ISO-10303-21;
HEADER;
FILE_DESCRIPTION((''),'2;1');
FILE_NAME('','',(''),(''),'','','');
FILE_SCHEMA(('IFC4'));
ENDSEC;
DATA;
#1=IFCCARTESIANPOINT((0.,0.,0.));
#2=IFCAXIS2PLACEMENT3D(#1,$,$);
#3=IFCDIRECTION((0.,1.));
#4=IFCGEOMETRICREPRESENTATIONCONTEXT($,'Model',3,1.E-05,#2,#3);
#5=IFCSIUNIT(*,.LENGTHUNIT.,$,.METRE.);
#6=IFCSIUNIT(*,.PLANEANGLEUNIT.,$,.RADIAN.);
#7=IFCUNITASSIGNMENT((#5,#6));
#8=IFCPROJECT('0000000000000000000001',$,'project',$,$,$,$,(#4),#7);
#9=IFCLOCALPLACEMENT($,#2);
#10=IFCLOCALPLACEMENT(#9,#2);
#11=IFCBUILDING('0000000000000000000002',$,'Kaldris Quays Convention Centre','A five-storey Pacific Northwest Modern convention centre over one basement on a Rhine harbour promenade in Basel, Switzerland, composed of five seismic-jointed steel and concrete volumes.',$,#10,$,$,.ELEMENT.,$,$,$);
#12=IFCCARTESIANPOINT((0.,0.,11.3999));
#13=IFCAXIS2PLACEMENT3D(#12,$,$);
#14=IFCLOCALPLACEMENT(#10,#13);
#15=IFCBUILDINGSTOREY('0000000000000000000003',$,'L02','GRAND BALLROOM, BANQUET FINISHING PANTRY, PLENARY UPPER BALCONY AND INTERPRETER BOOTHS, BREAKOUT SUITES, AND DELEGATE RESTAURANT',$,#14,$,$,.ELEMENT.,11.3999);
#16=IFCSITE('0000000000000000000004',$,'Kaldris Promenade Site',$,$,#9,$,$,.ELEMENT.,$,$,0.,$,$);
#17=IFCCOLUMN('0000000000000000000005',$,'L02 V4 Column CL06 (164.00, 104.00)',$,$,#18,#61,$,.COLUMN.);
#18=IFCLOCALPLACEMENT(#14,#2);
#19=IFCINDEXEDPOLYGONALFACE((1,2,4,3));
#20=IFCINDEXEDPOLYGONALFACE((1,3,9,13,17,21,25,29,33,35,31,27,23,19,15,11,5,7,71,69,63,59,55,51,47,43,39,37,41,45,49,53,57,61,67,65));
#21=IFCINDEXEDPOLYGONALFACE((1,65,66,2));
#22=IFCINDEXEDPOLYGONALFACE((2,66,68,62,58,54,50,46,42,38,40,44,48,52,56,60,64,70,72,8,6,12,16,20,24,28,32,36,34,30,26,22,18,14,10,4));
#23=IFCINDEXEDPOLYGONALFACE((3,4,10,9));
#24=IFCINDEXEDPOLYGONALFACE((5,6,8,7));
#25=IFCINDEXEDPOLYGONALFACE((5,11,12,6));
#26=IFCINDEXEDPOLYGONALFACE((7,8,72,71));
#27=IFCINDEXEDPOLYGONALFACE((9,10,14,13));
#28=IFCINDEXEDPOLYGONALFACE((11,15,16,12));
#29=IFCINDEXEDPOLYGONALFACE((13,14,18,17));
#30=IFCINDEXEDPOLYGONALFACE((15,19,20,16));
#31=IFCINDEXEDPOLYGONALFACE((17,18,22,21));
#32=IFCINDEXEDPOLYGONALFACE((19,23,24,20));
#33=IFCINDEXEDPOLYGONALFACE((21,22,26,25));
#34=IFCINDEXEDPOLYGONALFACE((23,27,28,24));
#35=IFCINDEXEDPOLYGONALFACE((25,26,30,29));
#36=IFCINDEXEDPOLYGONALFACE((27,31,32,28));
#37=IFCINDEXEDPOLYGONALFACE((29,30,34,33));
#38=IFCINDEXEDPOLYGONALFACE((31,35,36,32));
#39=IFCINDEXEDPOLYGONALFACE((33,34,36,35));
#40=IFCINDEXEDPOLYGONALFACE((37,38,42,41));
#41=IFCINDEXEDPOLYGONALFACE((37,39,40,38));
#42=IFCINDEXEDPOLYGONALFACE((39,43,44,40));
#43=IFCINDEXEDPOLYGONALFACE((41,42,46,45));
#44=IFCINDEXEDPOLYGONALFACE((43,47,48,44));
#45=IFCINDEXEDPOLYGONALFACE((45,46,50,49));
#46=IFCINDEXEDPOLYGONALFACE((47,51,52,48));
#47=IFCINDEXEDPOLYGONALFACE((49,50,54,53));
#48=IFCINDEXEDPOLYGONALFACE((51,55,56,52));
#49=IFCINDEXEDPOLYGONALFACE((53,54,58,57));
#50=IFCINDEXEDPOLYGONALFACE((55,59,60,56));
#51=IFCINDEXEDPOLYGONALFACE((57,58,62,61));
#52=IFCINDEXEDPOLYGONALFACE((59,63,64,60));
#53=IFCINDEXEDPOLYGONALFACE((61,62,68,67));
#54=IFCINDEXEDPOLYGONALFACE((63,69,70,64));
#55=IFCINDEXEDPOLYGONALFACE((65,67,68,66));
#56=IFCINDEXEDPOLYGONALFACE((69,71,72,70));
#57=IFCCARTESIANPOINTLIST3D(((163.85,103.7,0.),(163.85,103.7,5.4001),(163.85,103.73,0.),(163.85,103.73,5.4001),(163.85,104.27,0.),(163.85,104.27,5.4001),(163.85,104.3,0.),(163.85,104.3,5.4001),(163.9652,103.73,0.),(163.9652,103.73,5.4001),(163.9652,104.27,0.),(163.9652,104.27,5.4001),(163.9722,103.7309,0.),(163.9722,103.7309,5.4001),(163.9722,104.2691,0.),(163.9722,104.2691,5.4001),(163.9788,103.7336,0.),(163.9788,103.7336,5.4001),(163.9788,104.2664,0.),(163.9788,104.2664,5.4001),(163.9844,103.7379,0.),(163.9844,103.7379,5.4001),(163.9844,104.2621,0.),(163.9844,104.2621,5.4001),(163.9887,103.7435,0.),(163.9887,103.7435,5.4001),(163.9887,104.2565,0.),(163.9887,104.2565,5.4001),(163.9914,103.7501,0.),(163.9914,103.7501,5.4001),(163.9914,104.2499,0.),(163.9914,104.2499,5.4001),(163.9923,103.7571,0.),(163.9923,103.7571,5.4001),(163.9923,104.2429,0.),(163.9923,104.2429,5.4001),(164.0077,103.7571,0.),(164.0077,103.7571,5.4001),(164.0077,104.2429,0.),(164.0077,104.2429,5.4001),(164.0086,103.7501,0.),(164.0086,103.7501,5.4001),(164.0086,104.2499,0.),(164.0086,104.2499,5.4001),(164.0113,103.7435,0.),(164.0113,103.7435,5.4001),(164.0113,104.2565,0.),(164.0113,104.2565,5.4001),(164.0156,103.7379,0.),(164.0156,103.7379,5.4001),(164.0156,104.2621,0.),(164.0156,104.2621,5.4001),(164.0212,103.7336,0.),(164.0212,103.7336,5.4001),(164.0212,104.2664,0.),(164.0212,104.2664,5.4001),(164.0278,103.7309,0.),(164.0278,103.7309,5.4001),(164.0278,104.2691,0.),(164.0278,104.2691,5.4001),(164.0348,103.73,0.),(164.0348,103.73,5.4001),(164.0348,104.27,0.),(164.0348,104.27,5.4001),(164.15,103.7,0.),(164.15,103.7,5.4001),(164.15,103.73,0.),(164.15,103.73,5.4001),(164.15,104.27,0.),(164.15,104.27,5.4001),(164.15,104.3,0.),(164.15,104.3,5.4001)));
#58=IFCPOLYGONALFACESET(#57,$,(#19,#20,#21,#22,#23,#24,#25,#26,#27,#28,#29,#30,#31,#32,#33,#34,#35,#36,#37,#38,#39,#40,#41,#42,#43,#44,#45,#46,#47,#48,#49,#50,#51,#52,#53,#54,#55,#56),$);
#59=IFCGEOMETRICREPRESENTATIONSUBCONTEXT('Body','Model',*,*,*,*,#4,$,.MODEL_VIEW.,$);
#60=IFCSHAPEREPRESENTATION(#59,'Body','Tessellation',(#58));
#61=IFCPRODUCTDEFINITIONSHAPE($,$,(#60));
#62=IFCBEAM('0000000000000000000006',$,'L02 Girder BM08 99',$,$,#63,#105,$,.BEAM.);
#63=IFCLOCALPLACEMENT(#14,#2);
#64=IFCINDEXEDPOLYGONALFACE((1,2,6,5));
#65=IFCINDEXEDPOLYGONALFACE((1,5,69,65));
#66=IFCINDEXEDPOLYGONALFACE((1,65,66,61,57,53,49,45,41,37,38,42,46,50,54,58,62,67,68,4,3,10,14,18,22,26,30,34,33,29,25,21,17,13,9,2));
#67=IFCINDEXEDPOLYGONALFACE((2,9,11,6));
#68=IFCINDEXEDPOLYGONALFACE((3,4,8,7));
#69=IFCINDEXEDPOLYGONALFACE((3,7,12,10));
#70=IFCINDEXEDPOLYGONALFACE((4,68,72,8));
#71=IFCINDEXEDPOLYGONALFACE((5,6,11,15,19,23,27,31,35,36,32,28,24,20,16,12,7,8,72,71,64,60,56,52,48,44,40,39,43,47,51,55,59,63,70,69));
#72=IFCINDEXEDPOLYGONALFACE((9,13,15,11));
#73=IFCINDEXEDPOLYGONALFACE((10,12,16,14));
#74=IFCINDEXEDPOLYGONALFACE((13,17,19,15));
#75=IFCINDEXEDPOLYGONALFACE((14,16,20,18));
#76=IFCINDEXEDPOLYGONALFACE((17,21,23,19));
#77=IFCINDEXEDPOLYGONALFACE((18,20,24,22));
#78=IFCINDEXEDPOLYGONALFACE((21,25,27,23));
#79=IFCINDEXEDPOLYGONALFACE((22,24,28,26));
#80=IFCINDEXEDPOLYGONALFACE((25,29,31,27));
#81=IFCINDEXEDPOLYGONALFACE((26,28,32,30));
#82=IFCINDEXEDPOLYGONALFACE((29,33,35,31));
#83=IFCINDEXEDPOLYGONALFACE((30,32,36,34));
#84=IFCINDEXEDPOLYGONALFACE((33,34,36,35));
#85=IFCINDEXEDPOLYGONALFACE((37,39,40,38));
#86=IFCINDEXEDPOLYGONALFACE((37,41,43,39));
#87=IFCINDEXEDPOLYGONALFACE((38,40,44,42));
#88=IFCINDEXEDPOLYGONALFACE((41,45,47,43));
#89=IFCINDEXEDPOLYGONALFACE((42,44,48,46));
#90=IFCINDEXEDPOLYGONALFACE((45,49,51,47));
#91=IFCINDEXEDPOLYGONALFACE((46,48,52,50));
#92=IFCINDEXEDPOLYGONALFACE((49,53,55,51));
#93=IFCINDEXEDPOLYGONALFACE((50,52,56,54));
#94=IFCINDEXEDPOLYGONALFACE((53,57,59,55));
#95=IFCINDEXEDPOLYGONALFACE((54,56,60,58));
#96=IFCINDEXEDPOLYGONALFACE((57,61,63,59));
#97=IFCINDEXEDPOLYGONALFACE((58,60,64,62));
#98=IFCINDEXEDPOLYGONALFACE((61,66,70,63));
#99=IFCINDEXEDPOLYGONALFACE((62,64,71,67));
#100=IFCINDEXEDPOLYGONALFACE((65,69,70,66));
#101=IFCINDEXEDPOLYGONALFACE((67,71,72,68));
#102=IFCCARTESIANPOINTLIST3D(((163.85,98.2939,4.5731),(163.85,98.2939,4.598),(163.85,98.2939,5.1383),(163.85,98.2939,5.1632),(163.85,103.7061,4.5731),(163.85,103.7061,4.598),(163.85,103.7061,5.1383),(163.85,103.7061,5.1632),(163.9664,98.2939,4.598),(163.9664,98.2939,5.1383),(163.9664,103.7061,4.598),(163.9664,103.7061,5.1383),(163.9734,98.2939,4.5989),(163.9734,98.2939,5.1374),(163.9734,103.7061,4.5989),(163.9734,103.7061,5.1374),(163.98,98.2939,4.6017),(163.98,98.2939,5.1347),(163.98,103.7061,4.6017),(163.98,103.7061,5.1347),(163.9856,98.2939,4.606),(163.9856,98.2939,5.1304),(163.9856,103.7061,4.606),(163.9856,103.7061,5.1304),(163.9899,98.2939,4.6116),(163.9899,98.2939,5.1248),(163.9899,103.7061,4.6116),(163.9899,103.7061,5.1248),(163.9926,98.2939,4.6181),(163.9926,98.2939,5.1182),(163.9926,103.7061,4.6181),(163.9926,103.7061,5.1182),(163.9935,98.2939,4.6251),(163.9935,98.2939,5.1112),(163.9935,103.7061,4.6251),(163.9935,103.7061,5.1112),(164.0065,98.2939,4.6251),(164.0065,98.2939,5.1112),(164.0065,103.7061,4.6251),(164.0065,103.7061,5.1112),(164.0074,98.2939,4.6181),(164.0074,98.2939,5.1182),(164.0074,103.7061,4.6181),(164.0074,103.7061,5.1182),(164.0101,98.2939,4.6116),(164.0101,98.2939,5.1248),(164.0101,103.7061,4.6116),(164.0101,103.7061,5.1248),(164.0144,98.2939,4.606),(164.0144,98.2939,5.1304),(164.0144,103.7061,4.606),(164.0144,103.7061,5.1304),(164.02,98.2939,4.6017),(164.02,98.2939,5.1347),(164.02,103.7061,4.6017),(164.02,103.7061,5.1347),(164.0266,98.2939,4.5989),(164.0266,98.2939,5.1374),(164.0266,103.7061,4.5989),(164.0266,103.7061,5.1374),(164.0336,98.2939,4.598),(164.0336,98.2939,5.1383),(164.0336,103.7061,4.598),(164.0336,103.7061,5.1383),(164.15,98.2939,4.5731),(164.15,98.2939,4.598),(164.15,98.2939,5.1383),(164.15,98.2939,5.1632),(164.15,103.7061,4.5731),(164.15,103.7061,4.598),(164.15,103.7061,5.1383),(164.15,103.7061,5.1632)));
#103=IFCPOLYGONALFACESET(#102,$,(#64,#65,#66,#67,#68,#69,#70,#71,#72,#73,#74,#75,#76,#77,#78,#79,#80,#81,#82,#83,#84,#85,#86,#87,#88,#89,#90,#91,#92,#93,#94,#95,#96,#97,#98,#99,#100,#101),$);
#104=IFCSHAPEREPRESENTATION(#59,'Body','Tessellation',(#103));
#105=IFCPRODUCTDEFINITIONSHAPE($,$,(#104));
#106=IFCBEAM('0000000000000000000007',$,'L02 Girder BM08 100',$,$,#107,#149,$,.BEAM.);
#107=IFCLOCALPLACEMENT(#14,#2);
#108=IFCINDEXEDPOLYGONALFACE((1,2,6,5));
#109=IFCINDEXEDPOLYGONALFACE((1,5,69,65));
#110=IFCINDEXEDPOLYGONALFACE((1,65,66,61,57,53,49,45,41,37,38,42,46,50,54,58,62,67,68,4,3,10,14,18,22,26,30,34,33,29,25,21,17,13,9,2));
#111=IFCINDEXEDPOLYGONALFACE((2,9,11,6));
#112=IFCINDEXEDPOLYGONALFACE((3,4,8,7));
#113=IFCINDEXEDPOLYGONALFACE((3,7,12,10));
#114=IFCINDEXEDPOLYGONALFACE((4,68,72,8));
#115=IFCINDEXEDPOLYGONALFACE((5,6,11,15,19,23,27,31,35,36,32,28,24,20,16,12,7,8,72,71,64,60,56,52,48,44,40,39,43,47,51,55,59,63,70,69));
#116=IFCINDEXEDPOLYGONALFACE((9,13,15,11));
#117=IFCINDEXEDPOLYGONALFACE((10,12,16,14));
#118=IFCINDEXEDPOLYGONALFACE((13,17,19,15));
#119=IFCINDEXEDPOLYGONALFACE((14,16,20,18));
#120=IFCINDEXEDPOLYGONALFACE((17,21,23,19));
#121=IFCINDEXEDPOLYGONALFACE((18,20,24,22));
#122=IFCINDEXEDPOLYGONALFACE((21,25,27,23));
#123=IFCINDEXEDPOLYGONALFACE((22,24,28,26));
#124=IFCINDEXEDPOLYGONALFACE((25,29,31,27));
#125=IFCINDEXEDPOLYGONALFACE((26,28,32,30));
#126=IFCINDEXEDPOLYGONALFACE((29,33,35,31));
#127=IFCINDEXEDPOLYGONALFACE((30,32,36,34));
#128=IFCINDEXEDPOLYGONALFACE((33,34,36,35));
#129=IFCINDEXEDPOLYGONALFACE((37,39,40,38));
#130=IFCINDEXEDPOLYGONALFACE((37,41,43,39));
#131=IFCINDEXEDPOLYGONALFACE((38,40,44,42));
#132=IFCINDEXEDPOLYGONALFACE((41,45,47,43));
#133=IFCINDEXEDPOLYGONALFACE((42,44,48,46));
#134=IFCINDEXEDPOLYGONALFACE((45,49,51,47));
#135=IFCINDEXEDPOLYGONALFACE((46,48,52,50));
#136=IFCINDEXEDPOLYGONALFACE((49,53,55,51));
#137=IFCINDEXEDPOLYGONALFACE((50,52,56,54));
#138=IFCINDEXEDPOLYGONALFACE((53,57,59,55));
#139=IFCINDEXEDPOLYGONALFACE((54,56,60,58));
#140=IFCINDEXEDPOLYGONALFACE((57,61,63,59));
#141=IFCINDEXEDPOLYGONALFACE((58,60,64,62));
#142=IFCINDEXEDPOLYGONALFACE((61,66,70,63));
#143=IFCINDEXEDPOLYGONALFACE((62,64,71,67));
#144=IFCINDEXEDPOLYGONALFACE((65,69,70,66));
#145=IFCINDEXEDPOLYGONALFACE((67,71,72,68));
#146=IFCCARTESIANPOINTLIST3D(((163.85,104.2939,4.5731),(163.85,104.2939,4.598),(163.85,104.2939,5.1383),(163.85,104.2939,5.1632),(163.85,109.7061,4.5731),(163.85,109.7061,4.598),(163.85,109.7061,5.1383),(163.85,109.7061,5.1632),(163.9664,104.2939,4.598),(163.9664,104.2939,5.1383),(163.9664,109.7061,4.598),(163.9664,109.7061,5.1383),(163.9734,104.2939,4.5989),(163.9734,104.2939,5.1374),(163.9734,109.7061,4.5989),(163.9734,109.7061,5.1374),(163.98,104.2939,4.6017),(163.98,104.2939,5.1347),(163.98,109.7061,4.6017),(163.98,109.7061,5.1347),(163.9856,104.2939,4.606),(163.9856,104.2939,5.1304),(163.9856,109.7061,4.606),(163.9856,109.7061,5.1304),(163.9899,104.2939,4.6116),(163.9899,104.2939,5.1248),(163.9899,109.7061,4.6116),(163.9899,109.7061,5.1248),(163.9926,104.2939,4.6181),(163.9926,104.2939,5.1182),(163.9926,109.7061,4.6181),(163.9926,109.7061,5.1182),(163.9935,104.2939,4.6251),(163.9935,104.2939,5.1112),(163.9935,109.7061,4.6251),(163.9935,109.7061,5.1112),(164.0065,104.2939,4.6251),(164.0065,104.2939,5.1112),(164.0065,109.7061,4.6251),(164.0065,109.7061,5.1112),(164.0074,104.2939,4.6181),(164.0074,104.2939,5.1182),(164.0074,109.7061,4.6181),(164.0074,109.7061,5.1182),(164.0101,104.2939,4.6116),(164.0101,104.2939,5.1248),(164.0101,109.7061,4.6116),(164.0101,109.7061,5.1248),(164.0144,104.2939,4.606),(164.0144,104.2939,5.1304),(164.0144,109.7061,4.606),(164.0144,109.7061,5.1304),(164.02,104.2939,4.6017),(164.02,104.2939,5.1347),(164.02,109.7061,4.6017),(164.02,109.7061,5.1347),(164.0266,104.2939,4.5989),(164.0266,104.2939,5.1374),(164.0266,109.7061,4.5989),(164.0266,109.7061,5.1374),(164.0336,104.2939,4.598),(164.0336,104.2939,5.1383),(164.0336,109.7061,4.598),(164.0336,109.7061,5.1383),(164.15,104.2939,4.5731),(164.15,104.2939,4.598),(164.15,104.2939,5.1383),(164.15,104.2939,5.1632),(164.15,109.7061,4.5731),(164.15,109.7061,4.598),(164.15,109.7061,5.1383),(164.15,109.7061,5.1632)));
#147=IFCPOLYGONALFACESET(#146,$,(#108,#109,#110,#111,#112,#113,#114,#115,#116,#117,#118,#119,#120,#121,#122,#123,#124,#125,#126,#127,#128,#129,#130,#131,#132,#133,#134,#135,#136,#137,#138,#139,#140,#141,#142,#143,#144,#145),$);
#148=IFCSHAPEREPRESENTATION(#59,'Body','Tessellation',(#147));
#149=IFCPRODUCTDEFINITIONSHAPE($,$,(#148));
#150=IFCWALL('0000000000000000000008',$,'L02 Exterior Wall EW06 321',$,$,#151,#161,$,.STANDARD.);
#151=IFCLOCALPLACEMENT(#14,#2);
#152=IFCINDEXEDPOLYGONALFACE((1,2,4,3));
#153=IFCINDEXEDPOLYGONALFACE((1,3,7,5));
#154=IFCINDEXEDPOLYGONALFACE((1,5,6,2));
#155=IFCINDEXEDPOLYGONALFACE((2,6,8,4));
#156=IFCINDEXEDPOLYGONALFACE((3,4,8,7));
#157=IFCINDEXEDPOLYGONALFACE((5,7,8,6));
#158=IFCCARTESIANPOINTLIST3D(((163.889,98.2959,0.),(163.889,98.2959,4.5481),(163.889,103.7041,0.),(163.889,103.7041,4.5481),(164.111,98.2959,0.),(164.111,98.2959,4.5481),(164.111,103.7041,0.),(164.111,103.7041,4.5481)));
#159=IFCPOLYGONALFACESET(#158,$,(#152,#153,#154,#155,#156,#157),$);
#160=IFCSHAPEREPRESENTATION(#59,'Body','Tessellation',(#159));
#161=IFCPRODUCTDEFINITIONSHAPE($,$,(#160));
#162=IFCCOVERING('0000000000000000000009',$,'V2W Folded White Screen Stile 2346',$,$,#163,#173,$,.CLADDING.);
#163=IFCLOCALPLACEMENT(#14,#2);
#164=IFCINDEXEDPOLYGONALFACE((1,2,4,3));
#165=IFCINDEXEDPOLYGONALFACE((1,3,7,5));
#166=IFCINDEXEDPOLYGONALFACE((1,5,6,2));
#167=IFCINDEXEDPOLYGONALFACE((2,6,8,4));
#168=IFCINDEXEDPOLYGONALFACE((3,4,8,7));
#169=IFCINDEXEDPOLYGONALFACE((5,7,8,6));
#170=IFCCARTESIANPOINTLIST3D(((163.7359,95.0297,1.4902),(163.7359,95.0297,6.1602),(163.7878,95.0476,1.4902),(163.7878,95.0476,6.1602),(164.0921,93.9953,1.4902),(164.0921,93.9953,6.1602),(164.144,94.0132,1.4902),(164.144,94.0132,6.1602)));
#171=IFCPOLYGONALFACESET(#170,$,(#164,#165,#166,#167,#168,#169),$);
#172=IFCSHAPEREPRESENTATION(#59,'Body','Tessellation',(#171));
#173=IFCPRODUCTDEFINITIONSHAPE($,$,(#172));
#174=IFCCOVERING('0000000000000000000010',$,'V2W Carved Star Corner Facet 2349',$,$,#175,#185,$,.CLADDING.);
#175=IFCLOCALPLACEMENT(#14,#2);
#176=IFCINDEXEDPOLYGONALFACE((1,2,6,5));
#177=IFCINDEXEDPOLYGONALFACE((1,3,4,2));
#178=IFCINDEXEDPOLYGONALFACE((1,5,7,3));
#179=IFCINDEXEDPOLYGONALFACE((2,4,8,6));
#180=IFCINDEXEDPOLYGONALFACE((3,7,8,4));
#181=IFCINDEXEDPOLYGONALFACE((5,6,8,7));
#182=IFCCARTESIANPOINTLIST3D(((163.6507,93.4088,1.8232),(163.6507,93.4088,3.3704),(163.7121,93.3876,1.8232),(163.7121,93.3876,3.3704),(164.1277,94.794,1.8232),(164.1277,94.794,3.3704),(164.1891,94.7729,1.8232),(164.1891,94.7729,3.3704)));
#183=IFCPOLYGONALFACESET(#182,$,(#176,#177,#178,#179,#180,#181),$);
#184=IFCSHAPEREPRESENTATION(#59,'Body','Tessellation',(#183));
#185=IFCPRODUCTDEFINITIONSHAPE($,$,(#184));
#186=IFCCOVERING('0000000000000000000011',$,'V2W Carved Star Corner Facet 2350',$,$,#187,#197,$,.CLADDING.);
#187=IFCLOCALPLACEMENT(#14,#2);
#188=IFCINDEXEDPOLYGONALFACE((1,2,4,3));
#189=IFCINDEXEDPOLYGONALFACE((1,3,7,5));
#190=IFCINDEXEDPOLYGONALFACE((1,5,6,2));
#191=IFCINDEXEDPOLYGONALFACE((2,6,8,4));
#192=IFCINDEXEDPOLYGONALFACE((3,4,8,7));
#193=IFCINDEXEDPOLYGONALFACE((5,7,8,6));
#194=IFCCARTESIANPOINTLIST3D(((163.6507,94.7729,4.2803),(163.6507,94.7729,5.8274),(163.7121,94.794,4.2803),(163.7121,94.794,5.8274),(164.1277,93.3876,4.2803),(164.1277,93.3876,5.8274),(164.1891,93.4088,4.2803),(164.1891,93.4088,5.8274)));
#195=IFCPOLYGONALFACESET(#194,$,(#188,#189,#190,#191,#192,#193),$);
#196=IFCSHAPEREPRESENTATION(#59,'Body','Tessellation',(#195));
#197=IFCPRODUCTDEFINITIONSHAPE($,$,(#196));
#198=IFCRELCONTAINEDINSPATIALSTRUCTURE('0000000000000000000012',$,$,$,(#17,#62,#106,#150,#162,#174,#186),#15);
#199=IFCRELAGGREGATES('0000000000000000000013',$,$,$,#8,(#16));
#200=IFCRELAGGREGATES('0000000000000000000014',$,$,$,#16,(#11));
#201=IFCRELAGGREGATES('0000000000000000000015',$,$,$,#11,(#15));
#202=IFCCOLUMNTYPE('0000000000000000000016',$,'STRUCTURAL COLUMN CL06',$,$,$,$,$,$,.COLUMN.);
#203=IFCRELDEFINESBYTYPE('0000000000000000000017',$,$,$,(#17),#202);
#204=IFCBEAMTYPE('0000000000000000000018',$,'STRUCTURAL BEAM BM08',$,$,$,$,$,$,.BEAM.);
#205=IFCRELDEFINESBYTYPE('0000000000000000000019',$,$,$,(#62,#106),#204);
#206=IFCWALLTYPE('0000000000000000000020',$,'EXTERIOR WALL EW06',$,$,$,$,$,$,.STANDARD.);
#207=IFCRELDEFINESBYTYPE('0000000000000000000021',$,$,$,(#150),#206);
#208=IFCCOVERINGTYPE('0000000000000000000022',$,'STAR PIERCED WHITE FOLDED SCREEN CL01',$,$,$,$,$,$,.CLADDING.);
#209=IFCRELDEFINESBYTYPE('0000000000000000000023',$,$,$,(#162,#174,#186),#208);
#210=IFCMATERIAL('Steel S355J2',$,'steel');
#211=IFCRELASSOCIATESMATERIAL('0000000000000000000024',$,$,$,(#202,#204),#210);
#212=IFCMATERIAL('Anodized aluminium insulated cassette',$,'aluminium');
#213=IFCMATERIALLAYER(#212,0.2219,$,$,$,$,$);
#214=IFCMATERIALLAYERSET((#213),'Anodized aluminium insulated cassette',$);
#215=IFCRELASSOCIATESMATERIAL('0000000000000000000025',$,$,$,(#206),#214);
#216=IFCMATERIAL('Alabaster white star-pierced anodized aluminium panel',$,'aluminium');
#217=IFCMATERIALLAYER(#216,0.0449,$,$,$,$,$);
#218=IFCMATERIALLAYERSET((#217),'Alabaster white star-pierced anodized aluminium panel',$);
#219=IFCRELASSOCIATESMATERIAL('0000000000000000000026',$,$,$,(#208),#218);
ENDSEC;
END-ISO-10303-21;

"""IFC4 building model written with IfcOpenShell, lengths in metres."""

from ifc_helpers import new_model, si_unit, direction, frame, frame_2d, origin, origin_2d, place, context, subcontext, project, spatial, rectangle, i_section, extrude, material, layer, layer_set, material_profile, profile_set, type_object, element, save


model = new_model("IFC4")

# Units and contexts
model_context = context("Model", 3, precision=1e-05, world=origin(), true_north=direction((0.0, 1.0)))
body_context = subcontext(model_context, "Body", "Model", "MODEL_VIEW")
ifc_project = project(units=[si_unit("LENGTHUNIT", "METRE"), si_unit("PLANEANGLEUNIT", "RADIAN")], contexts=[model_context])

# Site, building, storey
site_placement = place(None, origin())
site = spatial("IfcSite", under=ifc_project, at=site_placement, Name="Kaldris Promenade Site", CompositionType="ELEMENT", RefElevation=0.0)
building_placement = place(site_placement, origin())
building = spatial("IfcBuilding", under=site, at=building_placement, Name="Kaldris Quays Convention Centre", Description="A five-storey Pacific Northwest Modern convention centre over one basement on a Rhine harbour promenade in Basel, Switzerland, composed of five seismic-jointed steel and concrete volumes.", CompositionType="ELEMENT")
storey_placement = place(building_placement, frame((0.0, 0.0, 11.3999)))
storey = spatial("IfcBuildingStorey", under=building, at=storey_placement, Name="L02", Description="GRAND BALLROOM, BANQUET FINISHING PANTRY, PLENARY UPPER BALCONY AND INTERPRETER BOOTHS, BREAKOUT SUITES, AND DELEGATE RESTAURANT", CompositionType="ELEMENT", Elevation=11.3999)

# Column
ifc_material_1 = material(Name="Steel S355J2", Category="steel")
ifc_material_profile_1 = material_profile(ifc_material_1, i_section(OverallWidth=0.3, OverallDepth=0.6001, WebThickness=0.0154, FlangeThickness=0.03, FilletRadius=0.0271, at=origin_2d()), Name="HEB 600")
ifc_profile_set_1 = profile_set([ifc_material_profile_1], Name="Steel S355J2")
column_type = type_object("IfcColumnType", Name="STRUCTURAL COLUMN CL06", PredefinedType="COLUMN", material=ifc_profile_set_1)
column_placement = place(storey_placement, frame((164.0, 104.0, 0.0), z_axis=(0.0, 0.0, 1.0), x_axis=(1.0, 0.0, 0.0)))
element("IfcColumn", 1, at=column_placement, inside=storey, type_object=column_type, Name="L02 V4 Column CL06 (164.00, 104.00)", PredefinedType="COLUMN", context=body_context, shape_type="SweptSolid", body=[
    extrude(i_section(OverallWidth=0.3, OverallDepth=0.6001, WebThickness=0.0154, FlangeThickness=0.03, FilletRadius=0.0271, at=origin_2d()), origin(), (0.0, 0.0, 1.0), 5.4001),
])

# Beams
ifc_material_profile_2 = material_profile(ifc_material_1, i_section(OverallWidth=0.3, OverallDepth=0.5901, WebThickness=0.0129, FlangeThickness=0.0249, FilletRadius=0.0271, at=origin_2d()), Name="HEA 600")
ifc_profile_set_2 = profile_set([ifc_material_profile_2], Name="Steel S355J2")
beam_type = type_object("IfcBeamType", Name="STRUCTURAL BEAM BM08", PredefinedType="BEAM", material=ifc_profile_set_2)
for number, where, z_axis, x_axis, name in (
    (2, (164.0, 98.2939, 4.8682), (0.0, 1.0, 0.0), (-1.0, 0.0, 0.0), "L02 Girder BM08 99"),
    (3, (164.0, 104.2939, 4.8682), (0.0, 1.0, 0.0), (-1.0, 0.0, 0.0), "L02 Girder BM08 100"),
):
    element("IfcBeam", number, at=place(storey_placement, frame(where, z_axis=z_axis, x_axis=x_axis)), inside=storey, type_object=beam_type, Name=name, PredefinedType="BEAM", context=body_context, shape_type="SweptSolid", body=[
        extrude(i_section(OverallWidth=0.3, OverallDepth=0.5901, WebThickness=0.0129, FlangeThickness=0.0249, FilletRadius=0.0271, at=origin_2d()), origin(), (0.0, 0.0, 1.0), 5.4121),
    ])

# Wall
ifc_material_2 = material(Name="Anodized aluminium insulated cassette", Category="aluminium")
ifc_layer_1 = layer(ifc_material_2, 0.2219)
ifc_layer_set_1 = layer_set([ifc_layer_1], Name="Anodized aluminium insulated cassette")
wall_type = type_object("IfcWallType", Name="EXTERIOR WALL EW06", PredefinedType="STANDARD", material=ifc_layer_set_1)
wall_placement = place(storey_placement, frame((164.0, 98.2959, 0.0), z_axis=(0.0, 0.0, 1.0), x_axis=(0.0, 1.0, 0.0)))
element("IfcWall", 4, at=wall_placement, inside=storey, type_object=wall_type, Name="L02 Exterior Wall EW06 321", PredefinedType="STANDARD", context=body_context, shape_type="SweptSolid", body=[
    extrude(rectangle(XDim=5.4082, YDim=0.2219, at=frame_2d((2.7041, 0.0))), origin(), (0.0, 0.0, 1.0), 4.5481),
])

# Coverings
ifc_material_3 = material(Name="Alabaster white star-pierced anodized aluminium panel", Category="aluminium")
ifc_layer_2 = layer(ifc_material_3, 0.0449)
ifc_layer_set_2 = layer_set([ifc_layer_2], Name="Alabaster white star-pierced anodized aluminium panel")
covering_type = type_object("IfcCoveringType", Name="STAR PIERCED WHITE FOLDED SCREEN CL01", PredefinedType="CLADDING", material=ifc_layer_set_2)
covering_1_placement = place(storey_placement, frame((163.9399, 94.5215, 1.4902), z_axis=(0.0, 0.0, 1.0), x_axis=(-0.325568, 0.945519, 0.0)))
element("IfcCovering", 5, at=covering_1_placement, inside=storey, type_object=covering_type, Name="V2W Folded White Screen Stile 2346", PredefinedType="CLADDING", context=body_context, shape_type="SweptSolid", body=[
    extrude(rectangle(XDim=1.094, YDim=0.0549, at=origin_2d()), origin(), (0.0, 0.0, 1.0), 4.6699),
])
for number, where, z_axis, x_axis, name in (
    (6, (163.9199, 94.0908, 1.8232), (0.0, 0.0, 1.0), (0.325568, 0.945519, 0.0), "V2W Carved Star Corner Facet 2349"),
    (7, (163.9199, 94.0908, 4.2803), (0.0, 0.0, 1.0), (-0.325568, 0.945519, 0.0), "V2W Carved Star Corner Facet 2350"),
):
    element("IfcCovering", number, at=place(storey_placement, frame(where, z_axis=z_axis, x_axis=x_axis)), inside=storey, type_object=covering_type, Name=name, PredefinedType="CLADDING", context=body_context, shape_type="SweptSolid", body=[
        extrude(rectangle(XDim=1.4651, YDim=0.0649, at=origin_2d()), origin(), (0.0, 0.0, 1.0), 1.5471),
    ])

save(model, "model.ifc")
